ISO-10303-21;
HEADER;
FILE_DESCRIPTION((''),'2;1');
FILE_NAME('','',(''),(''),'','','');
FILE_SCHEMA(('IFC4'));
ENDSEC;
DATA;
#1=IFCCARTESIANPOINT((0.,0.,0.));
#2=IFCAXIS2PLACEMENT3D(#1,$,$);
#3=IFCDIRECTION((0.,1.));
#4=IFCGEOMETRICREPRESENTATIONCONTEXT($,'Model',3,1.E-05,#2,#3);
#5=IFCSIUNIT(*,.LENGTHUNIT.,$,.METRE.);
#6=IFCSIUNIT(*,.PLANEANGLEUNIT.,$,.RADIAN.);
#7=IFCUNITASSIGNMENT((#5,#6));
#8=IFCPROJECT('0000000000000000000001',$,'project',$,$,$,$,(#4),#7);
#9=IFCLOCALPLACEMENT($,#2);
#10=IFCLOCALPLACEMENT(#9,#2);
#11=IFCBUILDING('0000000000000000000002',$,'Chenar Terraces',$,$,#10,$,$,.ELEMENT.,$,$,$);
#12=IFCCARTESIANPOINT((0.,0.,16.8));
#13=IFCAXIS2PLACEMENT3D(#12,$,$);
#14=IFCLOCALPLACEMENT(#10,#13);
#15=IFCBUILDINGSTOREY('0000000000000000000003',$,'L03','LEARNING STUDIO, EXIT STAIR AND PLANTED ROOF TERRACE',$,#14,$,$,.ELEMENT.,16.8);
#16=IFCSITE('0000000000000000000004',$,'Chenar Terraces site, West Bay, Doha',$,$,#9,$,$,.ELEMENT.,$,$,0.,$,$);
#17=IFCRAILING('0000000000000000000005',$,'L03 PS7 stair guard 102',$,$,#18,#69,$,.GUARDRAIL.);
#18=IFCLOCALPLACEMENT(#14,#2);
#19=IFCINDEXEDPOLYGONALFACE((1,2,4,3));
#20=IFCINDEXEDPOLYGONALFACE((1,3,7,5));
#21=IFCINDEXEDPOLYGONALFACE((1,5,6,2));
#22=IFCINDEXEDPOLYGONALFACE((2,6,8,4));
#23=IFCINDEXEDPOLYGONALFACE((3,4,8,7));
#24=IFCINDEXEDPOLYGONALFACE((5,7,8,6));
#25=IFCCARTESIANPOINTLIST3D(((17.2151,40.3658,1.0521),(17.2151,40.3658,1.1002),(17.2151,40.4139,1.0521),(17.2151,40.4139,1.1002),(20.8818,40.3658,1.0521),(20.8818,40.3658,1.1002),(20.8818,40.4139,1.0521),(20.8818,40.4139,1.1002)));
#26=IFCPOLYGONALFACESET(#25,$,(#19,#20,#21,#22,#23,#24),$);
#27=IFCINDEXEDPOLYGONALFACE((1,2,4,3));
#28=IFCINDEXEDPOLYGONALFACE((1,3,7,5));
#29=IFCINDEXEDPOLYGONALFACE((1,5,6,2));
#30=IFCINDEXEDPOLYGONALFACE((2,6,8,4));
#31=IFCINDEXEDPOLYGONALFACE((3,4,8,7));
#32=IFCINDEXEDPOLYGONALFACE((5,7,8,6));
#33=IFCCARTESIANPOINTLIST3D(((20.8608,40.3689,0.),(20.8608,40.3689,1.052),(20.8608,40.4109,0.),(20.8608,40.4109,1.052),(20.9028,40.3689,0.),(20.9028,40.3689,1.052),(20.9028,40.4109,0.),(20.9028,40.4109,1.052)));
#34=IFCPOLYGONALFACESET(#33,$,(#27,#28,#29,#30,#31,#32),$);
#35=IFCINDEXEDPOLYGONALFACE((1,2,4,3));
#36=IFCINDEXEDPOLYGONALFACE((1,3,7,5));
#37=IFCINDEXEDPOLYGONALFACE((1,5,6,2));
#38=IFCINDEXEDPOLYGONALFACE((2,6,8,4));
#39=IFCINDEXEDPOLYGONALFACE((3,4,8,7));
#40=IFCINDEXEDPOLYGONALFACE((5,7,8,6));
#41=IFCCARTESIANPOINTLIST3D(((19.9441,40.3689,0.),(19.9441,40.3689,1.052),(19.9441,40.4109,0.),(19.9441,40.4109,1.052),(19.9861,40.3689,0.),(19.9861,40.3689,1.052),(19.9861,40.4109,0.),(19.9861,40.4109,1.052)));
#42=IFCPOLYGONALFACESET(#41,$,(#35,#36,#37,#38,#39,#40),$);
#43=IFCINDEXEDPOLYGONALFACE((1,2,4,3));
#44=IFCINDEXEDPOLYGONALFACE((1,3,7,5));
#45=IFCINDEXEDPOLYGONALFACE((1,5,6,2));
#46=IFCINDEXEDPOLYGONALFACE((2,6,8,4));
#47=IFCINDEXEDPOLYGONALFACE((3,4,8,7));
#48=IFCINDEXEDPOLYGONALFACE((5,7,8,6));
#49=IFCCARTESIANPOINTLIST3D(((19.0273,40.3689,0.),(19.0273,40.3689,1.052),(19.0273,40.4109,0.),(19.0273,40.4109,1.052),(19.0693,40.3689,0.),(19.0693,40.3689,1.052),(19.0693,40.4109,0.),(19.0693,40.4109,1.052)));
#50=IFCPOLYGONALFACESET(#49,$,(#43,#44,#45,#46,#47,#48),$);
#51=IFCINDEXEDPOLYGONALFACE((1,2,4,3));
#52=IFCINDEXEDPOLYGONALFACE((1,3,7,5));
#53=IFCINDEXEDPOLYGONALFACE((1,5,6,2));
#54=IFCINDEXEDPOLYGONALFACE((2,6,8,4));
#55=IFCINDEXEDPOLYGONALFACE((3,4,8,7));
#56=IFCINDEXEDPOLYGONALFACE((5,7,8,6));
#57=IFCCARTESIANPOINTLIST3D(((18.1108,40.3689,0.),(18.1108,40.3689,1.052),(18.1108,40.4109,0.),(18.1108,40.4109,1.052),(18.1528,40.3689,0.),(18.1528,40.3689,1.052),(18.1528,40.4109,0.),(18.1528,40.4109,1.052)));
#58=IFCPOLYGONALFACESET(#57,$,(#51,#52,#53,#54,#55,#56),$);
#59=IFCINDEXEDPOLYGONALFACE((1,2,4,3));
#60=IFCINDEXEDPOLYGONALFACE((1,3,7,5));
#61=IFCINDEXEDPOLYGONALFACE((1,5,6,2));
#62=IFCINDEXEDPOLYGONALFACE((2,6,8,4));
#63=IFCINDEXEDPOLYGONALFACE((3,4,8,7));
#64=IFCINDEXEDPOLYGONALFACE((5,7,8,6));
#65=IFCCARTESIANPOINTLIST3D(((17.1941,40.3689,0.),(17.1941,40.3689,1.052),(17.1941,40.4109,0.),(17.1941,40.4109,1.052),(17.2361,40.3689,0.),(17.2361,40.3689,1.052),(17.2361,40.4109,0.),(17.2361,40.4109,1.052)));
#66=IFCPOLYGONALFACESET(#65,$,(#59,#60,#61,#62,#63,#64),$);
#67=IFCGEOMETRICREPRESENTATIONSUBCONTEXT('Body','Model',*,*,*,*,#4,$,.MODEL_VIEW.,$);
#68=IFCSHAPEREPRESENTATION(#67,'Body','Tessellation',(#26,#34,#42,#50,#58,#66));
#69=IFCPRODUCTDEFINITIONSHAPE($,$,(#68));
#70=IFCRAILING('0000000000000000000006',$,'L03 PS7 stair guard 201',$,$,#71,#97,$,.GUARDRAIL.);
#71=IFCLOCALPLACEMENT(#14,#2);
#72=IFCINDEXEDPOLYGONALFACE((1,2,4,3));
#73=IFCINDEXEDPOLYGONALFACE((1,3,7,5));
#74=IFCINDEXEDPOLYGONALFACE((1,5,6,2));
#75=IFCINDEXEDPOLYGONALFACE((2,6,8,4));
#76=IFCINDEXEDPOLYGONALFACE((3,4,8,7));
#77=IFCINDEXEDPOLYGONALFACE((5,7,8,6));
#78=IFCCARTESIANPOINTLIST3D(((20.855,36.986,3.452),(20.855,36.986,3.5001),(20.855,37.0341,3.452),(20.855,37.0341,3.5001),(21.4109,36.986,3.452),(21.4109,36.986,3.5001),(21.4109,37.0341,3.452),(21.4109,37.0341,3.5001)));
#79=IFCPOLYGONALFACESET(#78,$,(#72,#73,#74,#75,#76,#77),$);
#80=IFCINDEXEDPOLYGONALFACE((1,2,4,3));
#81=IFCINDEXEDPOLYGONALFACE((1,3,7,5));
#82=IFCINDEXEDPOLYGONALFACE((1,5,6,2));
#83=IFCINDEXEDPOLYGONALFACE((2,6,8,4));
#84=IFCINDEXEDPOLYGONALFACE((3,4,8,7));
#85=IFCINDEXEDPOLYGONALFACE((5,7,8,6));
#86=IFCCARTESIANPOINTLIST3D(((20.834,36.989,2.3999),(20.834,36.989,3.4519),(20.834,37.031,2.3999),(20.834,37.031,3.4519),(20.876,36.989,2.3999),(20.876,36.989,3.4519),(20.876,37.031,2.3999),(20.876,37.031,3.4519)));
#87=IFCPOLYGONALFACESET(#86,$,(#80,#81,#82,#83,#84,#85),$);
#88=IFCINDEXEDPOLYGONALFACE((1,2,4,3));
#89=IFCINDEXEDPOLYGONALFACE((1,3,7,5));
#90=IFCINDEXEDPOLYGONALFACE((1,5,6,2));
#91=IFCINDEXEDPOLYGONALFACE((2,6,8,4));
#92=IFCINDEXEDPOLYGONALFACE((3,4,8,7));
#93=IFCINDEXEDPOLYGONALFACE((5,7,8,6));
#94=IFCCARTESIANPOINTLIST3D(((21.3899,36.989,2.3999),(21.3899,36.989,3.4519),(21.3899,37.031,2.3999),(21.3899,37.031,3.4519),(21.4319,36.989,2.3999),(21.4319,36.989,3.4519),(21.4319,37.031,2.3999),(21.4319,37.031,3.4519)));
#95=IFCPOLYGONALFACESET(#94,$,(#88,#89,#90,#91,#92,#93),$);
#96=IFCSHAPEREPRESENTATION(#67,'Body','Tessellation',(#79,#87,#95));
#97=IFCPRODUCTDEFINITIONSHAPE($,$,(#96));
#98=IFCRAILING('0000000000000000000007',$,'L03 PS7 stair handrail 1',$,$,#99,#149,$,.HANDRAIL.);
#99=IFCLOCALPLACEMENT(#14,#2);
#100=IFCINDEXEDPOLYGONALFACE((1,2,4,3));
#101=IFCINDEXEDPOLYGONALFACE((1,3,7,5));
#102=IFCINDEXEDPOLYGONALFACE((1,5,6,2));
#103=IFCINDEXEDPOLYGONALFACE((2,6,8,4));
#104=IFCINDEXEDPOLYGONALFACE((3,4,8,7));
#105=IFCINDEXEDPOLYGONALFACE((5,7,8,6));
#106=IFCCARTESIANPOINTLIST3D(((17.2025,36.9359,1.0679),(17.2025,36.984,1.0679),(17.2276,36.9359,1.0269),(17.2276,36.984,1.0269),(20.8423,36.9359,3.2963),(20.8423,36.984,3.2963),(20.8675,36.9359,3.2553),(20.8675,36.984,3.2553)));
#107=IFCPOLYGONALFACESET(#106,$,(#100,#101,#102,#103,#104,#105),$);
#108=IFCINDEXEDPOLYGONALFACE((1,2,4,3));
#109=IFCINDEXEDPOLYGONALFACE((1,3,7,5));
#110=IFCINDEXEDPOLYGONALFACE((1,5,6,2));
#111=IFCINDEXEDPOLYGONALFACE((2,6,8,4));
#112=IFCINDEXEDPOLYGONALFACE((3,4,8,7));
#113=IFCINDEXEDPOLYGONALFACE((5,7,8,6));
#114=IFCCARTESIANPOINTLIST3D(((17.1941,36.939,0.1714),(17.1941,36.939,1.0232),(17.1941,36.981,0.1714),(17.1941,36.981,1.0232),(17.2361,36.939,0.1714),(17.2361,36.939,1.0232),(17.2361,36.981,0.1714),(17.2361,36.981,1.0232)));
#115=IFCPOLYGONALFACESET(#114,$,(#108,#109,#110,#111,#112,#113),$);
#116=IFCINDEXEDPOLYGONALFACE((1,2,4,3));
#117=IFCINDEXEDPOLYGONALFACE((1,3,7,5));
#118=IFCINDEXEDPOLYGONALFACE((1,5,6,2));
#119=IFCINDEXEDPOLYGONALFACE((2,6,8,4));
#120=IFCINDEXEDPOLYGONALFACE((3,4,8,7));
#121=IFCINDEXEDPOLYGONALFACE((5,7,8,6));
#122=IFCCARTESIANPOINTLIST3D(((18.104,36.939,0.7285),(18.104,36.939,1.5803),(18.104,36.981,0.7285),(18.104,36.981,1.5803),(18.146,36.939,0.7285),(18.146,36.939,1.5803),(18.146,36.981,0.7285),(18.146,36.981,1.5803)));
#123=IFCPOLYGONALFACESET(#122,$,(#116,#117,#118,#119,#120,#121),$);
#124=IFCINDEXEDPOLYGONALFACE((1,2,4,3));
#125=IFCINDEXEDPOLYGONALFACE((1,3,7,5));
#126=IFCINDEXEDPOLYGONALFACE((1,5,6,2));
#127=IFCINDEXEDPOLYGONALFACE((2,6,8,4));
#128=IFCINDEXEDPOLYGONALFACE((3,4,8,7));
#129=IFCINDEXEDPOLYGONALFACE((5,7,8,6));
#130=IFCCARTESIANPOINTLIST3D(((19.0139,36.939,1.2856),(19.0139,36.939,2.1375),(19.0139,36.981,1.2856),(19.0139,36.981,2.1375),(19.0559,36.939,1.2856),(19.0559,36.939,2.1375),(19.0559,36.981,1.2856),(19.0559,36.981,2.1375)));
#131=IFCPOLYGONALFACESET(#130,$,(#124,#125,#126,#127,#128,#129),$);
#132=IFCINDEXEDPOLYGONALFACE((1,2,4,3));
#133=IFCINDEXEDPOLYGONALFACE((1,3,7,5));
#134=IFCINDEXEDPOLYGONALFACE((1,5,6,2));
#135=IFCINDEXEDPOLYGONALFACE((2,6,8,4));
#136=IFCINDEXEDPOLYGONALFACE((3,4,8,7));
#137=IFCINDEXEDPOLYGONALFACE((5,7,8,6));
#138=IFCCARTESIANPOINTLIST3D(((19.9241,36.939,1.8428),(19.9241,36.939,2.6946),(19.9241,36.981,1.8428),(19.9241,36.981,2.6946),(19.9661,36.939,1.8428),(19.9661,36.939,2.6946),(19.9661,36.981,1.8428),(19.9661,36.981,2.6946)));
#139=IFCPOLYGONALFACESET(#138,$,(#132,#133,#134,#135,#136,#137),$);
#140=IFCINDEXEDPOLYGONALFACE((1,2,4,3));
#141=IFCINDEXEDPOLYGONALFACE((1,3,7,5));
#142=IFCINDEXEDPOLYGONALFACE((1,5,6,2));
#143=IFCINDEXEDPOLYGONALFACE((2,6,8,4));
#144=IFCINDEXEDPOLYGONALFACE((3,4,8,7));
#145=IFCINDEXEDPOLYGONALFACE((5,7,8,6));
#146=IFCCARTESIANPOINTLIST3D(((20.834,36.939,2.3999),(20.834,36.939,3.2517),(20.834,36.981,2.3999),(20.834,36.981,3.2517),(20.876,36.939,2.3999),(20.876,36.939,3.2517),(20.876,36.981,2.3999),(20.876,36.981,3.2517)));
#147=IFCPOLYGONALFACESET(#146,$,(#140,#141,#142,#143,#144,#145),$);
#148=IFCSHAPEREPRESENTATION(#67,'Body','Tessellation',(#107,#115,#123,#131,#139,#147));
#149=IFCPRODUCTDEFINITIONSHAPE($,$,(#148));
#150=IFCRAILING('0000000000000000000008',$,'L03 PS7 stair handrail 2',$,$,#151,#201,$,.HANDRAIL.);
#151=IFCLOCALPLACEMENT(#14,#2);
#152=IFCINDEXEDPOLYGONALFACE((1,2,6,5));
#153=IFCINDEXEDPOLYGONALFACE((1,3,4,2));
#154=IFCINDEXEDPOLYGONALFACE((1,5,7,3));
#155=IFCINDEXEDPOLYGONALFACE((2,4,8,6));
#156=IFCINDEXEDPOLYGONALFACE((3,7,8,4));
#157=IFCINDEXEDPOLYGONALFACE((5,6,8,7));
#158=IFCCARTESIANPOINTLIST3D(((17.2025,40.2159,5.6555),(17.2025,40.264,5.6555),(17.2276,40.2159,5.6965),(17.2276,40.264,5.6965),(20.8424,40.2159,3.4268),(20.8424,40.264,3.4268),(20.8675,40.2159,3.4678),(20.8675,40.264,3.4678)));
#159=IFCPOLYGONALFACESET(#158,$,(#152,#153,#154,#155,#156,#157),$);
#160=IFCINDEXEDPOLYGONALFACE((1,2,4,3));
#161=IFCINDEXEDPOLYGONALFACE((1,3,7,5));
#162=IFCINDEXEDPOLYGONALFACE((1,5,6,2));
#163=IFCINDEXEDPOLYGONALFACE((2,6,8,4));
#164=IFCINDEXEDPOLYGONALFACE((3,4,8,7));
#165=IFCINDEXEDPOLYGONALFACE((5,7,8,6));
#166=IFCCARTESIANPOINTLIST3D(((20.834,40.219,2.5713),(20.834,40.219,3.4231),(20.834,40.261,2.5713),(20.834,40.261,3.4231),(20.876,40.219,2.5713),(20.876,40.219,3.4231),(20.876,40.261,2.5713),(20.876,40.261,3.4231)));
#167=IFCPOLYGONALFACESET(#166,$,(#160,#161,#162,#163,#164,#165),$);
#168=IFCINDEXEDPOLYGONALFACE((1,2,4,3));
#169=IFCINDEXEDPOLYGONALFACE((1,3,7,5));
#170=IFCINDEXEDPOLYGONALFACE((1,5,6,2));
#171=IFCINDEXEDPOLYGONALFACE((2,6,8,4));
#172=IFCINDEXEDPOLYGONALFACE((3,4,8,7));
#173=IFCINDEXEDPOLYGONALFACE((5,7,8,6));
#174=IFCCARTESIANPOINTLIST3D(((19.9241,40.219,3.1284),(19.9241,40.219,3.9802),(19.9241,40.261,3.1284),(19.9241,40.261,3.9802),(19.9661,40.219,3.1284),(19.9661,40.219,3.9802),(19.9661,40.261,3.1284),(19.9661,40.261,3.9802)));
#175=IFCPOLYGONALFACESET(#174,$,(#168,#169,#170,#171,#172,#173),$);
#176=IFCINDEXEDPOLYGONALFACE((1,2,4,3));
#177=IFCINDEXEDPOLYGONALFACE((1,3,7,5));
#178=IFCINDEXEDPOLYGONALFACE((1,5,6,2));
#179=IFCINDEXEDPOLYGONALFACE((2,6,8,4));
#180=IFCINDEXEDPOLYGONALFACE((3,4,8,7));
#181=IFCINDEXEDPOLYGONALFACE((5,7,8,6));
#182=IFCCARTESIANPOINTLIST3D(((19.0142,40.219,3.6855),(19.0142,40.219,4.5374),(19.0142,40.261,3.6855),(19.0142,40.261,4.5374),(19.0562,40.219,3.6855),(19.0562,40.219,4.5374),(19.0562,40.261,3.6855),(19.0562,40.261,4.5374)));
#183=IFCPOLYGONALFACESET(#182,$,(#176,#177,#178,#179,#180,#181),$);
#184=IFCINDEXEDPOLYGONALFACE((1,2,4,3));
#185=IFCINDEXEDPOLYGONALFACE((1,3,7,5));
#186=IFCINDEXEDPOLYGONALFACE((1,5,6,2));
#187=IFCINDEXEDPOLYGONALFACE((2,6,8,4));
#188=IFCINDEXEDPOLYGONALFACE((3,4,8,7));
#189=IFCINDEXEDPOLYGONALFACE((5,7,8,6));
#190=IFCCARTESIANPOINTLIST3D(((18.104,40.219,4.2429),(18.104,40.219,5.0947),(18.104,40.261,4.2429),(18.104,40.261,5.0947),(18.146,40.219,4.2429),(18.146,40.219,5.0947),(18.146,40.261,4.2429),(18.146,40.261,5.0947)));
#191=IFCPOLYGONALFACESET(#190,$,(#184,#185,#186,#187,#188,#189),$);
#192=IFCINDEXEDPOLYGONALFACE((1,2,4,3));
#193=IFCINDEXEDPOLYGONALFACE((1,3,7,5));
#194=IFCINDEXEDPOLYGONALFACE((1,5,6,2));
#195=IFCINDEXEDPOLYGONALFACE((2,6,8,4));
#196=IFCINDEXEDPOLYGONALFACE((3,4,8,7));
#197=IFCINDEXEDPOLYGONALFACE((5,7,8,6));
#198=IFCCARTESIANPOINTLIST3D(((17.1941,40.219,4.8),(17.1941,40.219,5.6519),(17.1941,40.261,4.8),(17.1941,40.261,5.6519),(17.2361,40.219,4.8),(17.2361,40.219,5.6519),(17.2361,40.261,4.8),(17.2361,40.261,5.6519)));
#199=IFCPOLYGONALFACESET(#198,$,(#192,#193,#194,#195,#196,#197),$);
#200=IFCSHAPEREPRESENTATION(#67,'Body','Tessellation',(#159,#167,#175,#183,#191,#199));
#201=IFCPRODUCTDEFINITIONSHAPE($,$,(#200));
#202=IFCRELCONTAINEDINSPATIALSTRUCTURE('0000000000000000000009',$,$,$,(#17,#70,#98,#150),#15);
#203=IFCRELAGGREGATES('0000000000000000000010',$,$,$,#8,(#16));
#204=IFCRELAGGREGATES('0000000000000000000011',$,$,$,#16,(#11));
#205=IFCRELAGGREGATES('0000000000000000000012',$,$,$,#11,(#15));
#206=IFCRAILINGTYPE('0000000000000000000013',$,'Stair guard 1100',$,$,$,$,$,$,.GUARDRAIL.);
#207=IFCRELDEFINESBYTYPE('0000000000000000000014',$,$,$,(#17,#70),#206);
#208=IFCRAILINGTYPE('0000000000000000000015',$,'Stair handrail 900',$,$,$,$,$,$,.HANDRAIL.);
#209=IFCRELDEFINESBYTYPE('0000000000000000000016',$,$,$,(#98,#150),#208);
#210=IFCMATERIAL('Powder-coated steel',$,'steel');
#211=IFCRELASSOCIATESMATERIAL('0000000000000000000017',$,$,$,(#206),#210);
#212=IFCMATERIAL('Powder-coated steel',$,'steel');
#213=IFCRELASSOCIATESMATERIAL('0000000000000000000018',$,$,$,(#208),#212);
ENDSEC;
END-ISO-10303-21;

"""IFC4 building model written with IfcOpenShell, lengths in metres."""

from ifc_helpers import new_model, si_unit, direction, frame, origin, origin_2d, place, context, subcontext, project, spatial, rectangle, extrude, material, type_object, element, save


model = new_model("IFC4")

# Units and contexts
model_context = context("Model", 3, precision=1e-05, world=origin(), true_north=direction((0.0, 1.0)))
body_context = subcontext(model_context, "Body", "Model", "MODEL_VIEW")
ifc_project = project(units=[si_unit("LENGTHUNIT", "METRE"), si_unit("PLANEANGLEUNIT", "RADIAN")], contexts=[model_context])

# Site, building, storey
site_placement = place(None, origin())
site = spatial("IfcSite", under=ifc_project, at=site_placement, Name="Chenar Terraces site, West Bay, Doha", CompositionType="ELEMENT", RefElevation=0.0)
building_placement = place(site_placement, origin())
building = spatial("IfcBuilding", under=site, at=building_placement, Name="Chenar Terraces", CompositionType="ELEMENT")
storey_placement = place(building_placement, frame((0.0, 0.0, 16.8)))
storey = spatial("IfcBuildingStorey", under=building, at=storey_placement, Name="L03", Description="LEARNING STUDIO, EXIT STAIR AND PLANTED ROOF TERRACE", CompositionType="ELEMENT", Elevation=16.8)

# Railings
ifc_material_1 = material(Name="Powder-coated steel", Category="steel")
railing_type_1 = type_object("IfcRailingType", Name="Stair guard 1100", PredefinedType="GUARDRAIL", material=ifc_material_1)
railing_1_placement = place(storey_placement, frame((20.8818, 40.3899, 0.0)))
element("IfcRailing", 1, at=railing_1_placement, inside=storey, type_object=railing_type_1, Name="L03 PS7 stair guard 102", PredefinedType="GUARDRAIL", context=body_context, shape_type="SweptSolid", body=[
    extrude(rectangle(XDim=0.0481, YDim=0.0481, at=origin_2d()), frame((0.0, 0.0, 1.0762), z_axis=(-1.0, 0.0, 0.0), x_axis=(0.0, -1.0, 0.0)), (0.0, 0.0, 1.0), 3.6667),
    extrude(rectangle(XDim=0.042, YDim=0.042, at=origin_2d()), origin(), (0.0, 0.0, 1.0), 1.052),
    extrude(rectangle(XDim=0.042, YDim=0.042, at=origin_2d()), frame((-0.9167, 0.0, 0.0)), (0.0, 0.0, 1.0), 1.052),
    extrude(rectangle(XDim=0.042, YDim=0.042, at=origin_2d()), frame((-1.8335, 0.0, 0.0)), (0.0, 0.0, 1.0), 1.052),
    extrude(rectangle(XDim=0.042, YDim=0.042, at=origin_2d()), frame((-2.75, 0.0, 0.0)), (0.0, 0.0, 1.0), 1.052),
    extrude(rectangle(XDim=0.042, YDim=0.042, at=origin_2d()), frame((-3.6667, 0.0, 0.0)), (0.0, 0.0, 1.0), 1.052),
])
railing_2_placement = place(storey_placement, frame((20.855, 37.01, 2.3999)))
element("IfcRailing", 2, at=railing_2_placement, inside=storey, type_object=railing_type_1, Name="L03 PS7 stair guard 201", PredefinedType="GUARDRAIL", context=body_context, shape_type="SweptSolid", body=[
    extrude(rectangle(XDim=0.0481, YDim=0.0481, at=origin_2d()), frame((0.0, 0.0, 1.0762), z_axis=(1.0, 0.0, 0.0), x_axis=(0.0, 1.0, 0.0)), (0.0, 0.0, 1.0), 0.5559),
    extrude(rectangle(XDim=0.042, YDim=0.042, at=origin_2d()), origin(), (0.0, 0.0, 1.0), 1.052),
    extrude(rectangle(XDim=0.042, YDim=0.042, at=origin_2d()), frame((0.5559, 0.0, 0.0)), (0.0, 0.0, 1.0), 1.052),
])
ifc_material_2 = material(Name="Powder-coated steel", Category="steel")
railing_type_2 = type_object("IfcRailingType", Name="Stair handrail 900", PredefinedType="HANDRAIL", material=ifc_material_2)
railing_3_placement = place(storey_placement, frame((17.2151, 36.96, 0.1714)))
element("IfcRailing", 3, at=railing_3_placement, inside=storey, type_object=railing_type_2, Name="L03 PS7 stair handrail 1", PredefinedType="HANDRAIL", context=body_context, shape_type="SweptSolid", body=[
    extrude(rectangle(XDim=0.0481, YDim=0.0481, at=origin_2d()), frame((0.0, 0.0, 0.876), z_axis=(0.85285, 0.0, 0.522156), x_axis=(0.0, 1.0, 0.0)), (0.0, 0.0, 1.0), 4.2678),
    extrude(rectangle(XDim=0.042, YDim=0.042, at=origin_2d()), origin(), (0.0, 0.0, 1.0), 0.8518),
    extrude(rectangle(XDim=0.042, YDim=0.042, at=origin_2d()), frame((0.9099, 0.0, 0.5571)), (0.0, 0.0, 1.0), 0.8518),
    extrude(rectangle(XDim=0.042, YDim=0.042, at=origin_2d()), frame((1.8198, 0.0, 1.1143)), (0.0, 0.0, 1.0), 0.8518),
    extrude(rectangle(XDim=0.042, YDim=0.042, at=origin_2d()), frame((2.73, 0.0, 1.6714)), (0.0, 0.0, 1.0), 0.8518),
    extrude(rectangle(XDim=0.042, YDim=0.042, at=origin_2d()), frame((3.6399, 0.0, 2.2285)), (0.0, 0.0, 1.0), 0.8518),
])
railing_4_placement = place(storey_placement, frame((20.855, 40.24, 2.5713)))
element("IfcRailing", 4, at=railing_4_placement, inside=storey, type_object=railing_type_2, Name="L03 PS7 stair handrail 2", PredefinedType="HANDRAIL", context=body_context, shape_type="SweptSolid", body=[
    extrude(rectangle(XDim=0.0481, YDim=0.0481, at=origin_2d()), frame((0.0, 0.0, 0.876), z_axis=(-0.852825, 0.0, 0.522197), x_axis=(0.0, -1.0, 0.0)), (0.0, 0.0, 1.0), 4.2681),
    extrude(rectangle(XDim=0.042, YDim=0.042, at=origin_2d()), origin(), (0.0, 0.0, 1.0), 0.8518),
    extrude(rectangle(XDim=0.042, YDim=0.042, at=origin_2d()), frame((-0.9099, 0.0, 0.5571)), (0.0, 0.0, 1.0), 0.8518),
    extrude(rectangle(XDim=0.042, YDim=0.042, at=origin_2d()), frame((-1.8198, 0.0, 1.1143)), (0.0, 0.0, 1.0), 0.8518),
    extrude(rectangle(XDim=0.042, YDim=0.042, at=origin_2d()), frame((-2.73, 0.0, 1.6716)), (0.0, 0.0, 1.0), 0.8518),
    extrude(rectangle(XDim=0.042, YDim=0.042, at=origin_2d()), frame((-3.6399, 0.0, 2.2288)), (0.0, 0.0, 1.0), 0.8518),
])

save(model, "model.ifc")
